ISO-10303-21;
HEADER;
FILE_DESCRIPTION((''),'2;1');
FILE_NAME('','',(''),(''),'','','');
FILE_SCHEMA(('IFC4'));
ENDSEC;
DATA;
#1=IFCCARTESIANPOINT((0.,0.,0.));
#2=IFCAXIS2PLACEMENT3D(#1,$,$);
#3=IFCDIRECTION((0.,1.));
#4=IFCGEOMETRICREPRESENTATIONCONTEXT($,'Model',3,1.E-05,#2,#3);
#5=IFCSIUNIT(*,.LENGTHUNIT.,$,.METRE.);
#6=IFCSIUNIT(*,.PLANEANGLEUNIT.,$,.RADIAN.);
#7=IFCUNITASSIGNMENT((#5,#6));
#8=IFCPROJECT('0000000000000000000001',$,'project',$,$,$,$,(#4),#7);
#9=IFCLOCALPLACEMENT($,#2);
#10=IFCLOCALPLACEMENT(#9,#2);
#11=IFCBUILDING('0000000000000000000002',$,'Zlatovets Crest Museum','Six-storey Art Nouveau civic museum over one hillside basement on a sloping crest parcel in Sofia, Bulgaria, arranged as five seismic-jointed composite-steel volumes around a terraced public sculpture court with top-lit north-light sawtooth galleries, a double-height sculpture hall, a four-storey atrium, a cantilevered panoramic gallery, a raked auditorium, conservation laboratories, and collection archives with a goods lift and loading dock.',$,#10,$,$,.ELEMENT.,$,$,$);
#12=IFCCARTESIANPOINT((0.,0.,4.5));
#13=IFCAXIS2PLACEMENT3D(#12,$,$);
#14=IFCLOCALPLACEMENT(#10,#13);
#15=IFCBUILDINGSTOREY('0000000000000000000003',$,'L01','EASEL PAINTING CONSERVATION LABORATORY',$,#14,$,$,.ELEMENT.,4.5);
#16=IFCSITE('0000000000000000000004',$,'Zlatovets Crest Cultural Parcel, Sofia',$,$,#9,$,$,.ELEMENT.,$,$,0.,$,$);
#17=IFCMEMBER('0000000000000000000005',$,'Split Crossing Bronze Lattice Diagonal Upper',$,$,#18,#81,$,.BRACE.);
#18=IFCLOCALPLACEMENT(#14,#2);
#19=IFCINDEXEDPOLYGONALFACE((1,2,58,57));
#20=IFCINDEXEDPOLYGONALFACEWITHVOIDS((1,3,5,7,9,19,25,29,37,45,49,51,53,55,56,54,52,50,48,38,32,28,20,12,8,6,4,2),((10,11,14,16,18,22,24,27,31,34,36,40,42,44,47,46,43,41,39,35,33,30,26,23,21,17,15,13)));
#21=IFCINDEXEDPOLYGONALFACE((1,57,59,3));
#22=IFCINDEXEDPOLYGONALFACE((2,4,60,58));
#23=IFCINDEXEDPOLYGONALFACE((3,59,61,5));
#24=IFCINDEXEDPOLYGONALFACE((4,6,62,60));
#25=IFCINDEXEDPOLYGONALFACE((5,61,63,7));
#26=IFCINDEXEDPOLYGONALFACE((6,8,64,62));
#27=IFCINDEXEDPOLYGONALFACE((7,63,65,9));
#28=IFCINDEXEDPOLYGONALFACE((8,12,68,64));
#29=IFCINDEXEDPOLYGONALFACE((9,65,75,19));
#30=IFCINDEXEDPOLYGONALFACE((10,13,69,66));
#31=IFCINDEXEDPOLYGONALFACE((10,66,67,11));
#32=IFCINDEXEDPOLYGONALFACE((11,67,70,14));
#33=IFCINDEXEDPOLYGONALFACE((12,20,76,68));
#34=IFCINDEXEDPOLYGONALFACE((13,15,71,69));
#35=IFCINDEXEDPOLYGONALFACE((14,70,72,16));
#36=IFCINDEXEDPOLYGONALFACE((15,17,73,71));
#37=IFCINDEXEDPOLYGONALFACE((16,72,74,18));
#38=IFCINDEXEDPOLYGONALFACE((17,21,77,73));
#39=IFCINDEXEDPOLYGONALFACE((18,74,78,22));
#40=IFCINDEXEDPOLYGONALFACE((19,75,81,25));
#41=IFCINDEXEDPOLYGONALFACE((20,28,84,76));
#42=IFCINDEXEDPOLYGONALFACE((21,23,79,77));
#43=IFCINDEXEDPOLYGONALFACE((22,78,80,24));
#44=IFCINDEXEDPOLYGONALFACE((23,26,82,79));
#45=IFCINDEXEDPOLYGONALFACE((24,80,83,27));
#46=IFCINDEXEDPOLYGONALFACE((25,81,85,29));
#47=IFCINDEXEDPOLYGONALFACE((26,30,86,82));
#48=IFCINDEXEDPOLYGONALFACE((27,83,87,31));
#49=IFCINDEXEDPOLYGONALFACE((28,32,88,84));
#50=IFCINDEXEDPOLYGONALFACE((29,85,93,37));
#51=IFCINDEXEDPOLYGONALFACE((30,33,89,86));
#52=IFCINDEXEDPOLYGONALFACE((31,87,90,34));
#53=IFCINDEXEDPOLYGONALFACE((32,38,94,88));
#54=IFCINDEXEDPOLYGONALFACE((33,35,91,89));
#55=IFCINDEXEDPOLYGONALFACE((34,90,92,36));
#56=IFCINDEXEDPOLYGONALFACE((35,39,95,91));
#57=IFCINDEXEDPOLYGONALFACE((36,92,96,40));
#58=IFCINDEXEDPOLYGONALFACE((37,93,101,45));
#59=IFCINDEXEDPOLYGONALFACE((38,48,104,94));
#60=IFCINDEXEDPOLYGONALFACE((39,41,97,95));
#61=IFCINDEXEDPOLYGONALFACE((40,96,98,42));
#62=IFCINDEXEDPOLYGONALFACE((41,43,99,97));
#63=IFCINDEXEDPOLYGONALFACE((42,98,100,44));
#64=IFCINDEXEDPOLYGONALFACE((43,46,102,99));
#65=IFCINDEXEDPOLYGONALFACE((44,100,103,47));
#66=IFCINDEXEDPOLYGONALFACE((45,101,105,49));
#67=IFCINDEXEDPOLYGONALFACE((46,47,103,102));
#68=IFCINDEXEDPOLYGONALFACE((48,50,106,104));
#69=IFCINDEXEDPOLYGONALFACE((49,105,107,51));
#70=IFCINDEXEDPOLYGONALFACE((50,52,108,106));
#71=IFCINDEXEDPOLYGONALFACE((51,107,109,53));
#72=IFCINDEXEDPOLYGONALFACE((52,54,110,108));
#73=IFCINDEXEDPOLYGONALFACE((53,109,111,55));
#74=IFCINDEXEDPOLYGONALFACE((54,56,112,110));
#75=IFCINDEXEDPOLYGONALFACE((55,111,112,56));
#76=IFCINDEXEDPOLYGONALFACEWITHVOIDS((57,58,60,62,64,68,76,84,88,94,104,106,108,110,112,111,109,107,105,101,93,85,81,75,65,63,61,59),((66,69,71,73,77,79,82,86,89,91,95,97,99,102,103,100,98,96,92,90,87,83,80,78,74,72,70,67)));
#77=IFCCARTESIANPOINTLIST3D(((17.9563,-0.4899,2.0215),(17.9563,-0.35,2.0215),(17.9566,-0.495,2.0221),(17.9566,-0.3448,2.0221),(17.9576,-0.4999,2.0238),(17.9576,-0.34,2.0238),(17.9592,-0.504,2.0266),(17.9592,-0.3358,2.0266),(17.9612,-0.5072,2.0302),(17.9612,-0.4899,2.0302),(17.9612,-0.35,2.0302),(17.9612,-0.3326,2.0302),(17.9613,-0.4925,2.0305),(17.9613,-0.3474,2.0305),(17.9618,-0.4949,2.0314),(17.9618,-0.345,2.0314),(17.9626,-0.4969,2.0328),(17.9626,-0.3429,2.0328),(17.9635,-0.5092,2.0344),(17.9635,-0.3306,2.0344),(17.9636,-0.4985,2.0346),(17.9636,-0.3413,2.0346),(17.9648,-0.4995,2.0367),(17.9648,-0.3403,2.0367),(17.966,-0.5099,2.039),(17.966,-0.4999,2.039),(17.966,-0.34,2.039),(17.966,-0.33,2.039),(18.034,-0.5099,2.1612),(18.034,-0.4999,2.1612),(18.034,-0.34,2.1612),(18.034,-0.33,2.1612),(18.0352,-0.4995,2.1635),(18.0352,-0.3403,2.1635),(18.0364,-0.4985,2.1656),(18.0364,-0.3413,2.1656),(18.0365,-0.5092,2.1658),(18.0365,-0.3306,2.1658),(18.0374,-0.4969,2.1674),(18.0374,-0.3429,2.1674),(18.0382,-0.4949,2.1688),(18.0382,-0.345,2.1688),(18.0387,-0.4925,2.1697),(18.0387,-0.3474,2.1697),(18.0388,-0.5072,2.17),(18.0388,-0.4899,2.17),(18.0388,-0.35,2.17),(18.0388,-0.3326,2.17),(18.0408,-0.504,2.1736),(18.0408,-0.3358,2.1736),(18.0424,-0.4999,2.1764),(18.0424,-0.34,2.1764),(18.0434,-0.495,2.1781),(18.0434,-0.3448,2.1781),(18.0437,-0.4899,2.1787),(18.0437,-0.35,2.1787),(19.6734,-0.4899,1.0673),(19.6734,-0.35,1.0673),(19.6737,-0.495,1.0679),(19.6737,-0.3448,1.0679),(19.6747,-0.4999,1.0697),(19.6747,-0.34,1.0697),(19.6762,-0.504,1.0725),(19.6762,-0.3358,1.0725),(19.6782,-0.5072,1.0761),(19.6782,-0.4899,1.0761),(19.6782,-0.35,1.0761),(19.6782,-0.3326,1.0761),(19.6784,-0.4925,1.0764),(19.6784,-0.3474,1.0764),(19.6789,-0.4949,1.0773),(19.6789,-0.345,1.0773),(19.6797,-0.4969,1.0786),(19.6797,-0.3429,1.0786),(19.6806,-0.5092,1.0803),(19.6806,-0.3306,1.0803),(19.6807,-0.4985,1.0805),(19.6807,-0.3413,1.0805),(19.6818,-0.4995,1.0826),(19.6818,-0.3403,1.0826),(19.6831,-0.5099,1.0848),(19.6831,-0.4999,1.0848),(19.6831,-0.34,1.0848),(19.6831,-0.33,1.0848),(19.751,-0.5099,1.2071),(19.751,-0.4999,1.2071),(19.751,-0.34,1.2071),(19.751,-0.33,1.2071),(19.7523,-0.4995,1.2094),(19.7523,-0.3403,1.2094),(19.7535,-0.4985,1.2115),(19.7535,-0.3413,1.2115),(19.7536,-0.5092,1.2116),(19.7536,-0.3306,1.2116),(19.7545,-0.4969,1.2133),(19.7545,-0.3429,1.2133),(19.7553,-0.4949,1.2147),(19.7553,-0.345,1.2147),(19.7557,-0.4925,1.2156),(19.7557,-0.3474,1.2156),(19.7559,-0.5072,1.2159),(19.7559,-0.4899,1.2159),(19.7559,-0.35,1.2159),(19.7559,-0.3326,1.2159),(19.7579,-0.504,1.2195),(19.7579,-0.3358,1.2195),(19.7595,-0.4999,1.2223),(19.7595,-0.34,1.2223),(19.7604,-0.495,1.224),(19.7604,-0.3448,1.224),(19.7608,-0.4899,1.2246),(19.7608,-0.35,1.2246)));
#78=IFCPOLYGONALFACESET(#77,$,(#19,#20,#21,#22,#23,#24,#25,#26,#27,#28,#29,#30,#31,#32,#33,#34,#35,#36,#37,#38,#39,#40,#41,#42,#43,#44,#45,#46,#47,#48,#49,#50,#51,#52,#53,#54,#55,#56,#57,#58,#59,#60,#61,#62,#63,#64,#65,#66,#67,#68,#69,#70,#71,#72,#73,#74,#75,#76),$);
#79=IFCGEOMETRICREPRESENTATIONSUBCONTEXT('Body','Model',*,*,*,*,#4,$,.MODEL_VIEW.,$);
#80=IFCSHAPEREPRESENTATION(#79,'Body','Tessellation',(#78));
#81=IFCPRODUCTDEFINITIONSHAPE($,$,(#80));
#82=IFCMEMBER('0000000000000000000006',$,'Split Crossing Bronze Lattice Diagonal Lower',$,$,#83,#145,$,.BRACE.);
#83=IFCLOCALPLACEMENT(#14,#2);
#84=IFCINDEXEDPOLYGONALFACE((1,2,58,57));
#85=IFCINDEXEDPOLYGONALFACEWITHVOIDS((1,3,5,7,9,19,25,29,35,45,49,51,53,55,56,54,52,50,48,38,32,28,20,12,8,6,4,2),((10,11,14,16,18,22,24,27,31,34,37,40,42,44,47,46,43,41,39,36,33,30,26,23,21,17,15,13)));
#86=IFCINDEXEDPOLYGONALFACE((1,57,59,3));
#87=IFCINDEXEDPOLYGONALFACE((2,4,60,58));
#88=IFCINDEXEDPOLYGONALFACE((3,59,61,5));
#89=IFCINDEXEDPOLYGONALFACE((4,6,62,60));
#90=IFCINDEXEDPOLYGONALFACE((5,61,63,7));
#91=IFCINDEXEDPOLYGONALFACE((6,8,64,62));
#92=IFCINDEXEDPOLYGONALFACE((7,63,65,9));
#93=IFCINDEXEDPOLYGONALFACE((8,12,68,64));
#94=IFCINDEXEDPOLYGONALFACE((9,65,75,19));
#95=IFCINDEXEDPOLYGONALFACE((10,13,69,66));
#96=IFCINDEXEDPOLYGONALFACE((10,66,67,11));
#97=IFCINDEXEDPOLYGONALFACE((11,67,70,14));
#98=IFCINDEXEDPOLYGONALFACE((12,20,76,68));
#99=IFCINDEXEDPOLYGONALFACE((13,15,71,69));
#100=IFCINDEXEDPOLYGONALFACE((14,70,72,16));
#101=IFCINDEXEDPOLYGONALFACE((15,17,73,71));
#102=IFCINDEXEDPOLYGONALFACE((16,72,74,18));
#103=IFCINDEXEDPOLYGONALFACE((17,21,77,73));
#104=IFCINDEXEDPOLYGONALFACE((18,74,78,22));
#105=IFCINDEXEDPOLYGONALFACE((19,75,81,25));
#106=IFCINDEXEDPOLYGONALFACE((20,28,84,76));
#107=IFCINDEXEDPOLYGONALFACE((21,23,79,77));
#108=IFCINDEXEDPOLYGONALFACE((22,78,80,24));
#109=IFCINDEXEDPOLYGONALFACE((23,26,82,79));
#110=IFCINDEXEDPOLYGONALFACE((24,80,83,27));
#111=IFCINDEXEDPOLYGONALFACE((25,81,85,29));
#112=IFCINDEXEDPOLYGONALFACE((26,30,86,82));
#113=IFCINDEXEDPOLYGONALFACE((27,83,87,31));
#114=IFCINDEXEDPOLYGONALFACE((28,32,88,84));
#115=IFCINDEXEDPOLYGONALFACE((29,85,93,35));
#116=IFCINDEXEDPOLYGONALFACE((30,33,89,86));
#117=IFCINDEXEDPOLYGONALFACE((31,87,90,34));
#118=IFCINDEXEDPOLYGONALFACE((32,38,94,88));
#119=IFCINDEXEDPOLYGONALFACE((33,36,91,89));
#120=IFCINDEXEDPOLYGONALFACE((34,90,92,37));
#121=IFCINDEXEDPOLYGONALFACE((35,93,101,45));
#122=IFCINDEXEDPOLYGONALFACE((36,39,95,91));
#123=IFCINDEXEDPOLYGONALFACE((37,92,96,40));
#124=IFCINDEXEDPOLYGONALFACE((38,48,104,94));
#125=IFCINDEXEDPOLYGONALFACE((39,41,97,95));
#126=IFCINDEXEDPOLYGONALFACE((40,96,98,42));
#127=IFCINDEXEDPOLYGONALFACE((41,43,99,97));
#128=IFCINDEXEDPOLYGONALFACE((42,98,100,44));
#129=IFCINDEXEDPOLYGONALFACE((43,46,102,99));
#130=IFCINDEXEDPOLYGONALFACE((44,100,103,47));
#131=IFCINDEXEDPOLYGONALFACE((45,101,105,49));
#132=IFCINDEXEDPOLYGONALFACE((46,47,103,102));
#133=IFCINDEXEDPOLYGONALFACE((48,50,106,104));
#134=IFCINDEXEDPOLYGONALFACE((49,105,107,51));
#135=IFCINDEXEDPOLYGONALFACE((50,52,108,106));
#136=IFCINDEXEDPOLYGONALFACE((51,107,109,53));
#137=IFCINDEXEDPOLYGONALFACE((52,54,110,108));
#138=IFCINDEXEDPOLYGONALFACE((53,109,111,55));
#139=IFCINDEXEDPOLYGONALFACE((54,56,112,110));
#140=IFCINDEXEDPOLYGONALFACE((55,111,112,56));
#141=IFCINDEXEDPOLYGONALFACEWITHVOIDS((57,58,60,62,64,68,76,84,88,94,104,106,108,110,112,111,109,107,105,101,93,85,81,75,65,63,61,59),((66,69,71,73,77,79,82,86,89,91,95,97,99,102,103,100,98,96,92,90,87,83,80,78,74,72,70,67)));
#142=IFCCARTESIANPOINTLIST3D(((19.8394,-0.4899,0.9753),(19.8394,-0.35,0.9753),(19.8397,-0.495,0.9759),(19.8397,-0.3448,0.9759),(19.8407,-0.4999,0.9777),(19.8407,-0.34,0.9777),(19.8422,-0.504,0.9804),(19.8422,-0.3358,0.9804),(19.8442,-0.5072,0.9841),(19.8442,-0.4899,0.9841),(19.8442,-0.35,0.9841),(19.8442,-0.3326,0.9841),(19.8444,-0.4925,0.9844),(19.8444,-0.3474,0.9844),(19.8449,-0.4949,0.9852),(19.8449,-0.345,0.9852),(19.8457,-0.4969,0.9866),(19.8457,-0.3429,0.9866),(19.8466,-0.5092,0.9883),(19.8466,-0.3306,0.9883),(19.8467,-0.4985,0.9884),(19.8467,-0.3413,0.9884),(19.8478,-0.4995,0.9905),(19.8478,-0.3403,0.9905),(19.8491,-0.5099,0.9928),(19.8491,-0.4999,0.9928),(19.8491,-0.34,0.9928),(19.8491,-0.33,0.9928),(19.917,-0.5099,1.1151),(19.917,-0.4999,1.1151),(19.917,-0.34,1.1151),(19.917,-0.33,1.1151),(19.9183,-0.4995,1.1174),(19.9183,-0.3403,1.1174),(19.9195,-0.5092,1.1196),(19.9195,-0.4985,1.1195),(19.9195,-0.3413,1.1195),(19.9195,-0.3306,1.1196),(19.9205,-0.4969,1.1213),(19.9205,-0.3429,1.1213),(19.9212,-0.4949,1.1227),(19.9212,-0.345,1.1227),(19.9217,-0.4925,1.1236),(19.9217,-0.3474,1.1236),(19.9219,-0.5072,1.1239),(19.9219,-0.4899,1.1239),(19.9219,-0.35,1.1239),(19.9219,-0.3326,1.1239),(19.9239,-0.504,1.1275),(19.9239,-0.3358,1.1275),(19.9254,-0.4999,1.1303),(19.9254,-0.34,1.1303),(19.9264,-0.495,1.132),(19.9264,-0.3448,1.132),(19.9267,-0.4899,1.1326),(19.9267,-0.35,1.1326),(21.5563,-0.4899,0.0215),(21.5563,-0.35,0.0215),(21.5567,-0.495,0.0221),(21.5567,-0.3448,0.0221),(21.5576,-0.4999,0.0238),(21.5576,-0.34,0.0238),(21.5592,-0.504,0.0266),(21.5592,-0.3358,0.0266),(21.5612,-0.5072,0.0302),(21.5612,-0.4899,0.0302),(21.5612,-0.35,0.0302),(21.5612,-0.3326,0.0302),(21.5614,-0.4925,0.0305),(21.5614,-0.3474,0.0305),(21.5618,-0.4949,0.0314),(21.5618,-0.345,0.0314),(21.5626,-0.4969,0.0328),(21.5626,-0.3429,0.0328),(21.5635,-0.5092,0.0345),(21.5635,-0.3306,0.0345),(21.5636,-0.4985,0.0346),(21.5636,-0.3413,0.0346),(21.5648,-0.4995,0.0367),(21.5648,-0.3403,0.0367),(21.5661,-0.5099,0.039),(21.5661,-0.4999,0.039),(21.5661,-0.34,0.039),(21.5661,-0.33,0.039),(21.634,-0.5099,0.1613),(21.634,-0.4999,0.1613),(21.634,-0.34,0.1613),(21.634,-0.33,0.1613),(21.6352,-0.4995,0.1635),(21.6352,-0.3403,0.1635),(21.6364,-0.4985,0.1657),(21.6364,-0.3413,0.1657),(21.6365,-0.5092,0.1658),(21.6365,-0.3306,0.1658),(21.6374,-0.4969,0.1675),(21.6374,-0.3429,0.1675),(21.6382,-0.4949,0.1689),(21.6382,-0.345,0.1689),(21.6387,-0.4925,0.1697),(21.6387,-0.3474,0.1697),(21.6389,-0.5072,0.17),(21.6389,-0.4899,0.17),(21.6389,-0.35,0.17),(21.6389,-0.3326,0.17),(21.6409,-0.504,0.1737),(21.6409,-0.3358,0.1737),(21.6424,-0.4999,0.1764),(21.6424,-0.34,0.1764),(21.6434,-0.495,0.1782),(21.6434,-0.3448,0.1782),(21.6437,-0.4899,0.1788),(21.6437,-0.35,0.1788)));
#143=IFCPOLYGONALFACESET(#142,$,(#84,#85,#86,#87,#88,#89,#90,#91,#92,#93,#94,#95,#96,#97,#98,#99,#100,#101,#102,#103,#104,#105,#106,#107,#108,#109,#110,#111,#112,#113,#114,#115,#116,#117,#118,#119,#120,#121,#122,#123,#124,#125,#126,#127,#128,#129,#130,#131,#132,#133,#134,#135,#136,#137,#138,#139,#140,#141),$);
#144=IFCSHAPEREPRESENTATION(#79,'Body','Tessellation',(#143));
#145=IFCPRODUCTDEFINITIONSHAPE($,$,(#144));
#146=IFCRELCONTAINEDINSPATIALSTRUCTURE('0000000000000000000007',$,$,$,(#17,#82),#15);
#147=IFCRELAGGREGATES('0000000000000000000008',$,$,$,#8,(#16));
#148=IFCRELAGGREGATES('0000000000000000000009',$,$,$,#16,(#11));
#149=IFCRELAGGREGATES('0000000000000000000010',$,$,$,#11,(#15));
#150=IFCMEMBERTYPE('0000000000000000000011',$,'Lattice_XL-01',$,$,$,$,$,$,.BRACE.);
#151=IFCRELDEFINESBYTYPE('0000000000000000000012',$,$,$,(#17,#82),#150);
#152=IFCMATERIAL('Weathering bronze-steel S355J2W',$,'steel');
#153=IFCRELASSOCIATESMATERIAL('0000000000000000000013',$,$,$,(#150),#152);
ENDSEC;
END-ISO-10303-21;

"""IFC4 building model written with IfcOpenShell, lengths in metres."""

from ifc_helpers import new_model, si_unit, direction, frame, origin, origin_2d, place, context, subcontext, project, spatial, hollow_rectangle, extrude, material, material_profile, profile_set, type_object, element, save


model = new_model("IFC4")

# Units and contexts
model_context = context("Model", 3, precision=1e-05, world=origin(), true_north=direction((0.0, 1.0)))
body_context = subcontext(model_context, "Body", "Model", "MODEL_VIEW")
ifc_project = project(units=[si_unit("LENGTHUNIT", "METRE"), si_unit("PLANEANGLEUNIT", "RADIAN")], contexts=[model_context])

# Site, building, storey
site_placement = place(None, origin())
site = spatial("IfcSite", under=ifc_project, at=site_placement, Name="Zlatovets Crest Cultural Parcel, Sofia", CompositionType="ELEMENT", RefElevation=0.0)
building_placement = place(site_placement, origin())
building = spatial("IfcBuilding", under=site, at=building_placement, Name="Zlatovets Crest Museum", Description="Six-storey Art Nouveau civic museum over one hillside basement on a sloping crest parcel in Sofia, Bulgaria, arranged as five seismic-jointed composite-steel volumes around a terraced public sculpture court with top-lit north-light sawtooth galleries, a double-height sculpture hall, a four-storey atrium, a cantilevered panoramic gallery, a raked auditorium, conservation laboratories, and collection archives with a goods lift and loading dock.", CompositionType="ELEMENT")
storey_placement = place(building_placement, frame((0.0, 0.0, 4.5)))
storey = spatial("IfcBuildingStorey", under=building, at=storey_placement, Name="L01", Description="EASEL PAINTING CONSERVATION LABORATORY", CompositionType="ELEMENT", Elevation=4.5)

# Members
ifc_material_1 = material(Name="Weathering bronze-steel S355J2W", Category="steel")
ifc_material_profile_1 = material_profile(ifc_material_1, hollow_rectangle(XDim=0.1799, YDim=0.1799, WallThickness=0.01, InnerFilletRadius=0.01, OuterFilletRadius=0.02, at=origin_2d()), Name="SHS 180x180x10.0")
ifc_profile_set_1 = profile_set([ifc_material_profile_1], Name="Weathering bronze-steel S355J2W")
member_type_1 = type_object("IfcMemberType", Name="Lattice_XL-01", PredefinedType="BRACE", material=ifc_profile_set_1)
member_1_placement = place(storey_placement, frame((18.0, -0.4199, 2.1001), z_axis=(0.874116, 0.0, -0.485717), x_axis=(0.0, 1.0, 0.0)))
element("IfcMember", 1, at=member_1_placement, inside=storey, type_object=member_type_1, Name="Split Crossing Bronze Lattice Diagonal Upper", PredefinedType="BRACE", context=body_context, shape_type="SweptSolid", body=[
    extrude(hollow_rectangle(XDim=0.1799, YDim=0.1799, WallThickness=0.01, InnerFilletRadius=0.01, OuterFilletRadius=0.02, at=origin_2d()), origin(), (0.0, 0.0, 1.0), 1.9644),
])
member_2_placement = place(storey_placement, frame((19.8831, -0.4199, 1.054), z_axis=(0.874169, 0.0, -0.485622), x_axis=(0.0, 1.0, 0.0)))
element("IfcMember", 2, at=member_2_placement, inside=storey, type_object=member_type_1, Name="Split Crossing Bronze Lattice Diagonal Lower", PredefinedType="BRACE", context=body_context, shape_type="SweptSolid", body=[
    extrude(hollow_rectangle(XDim=0.1799, YDim=0.1799, WallThickness=0.01, InnerFilletRadius=0.01, OuterFilletRadius=0.02, at=origin_2d()), origin(), (0.0, 0.0, 1.0), 1.9641),
])

save(model, "model.ifc")
